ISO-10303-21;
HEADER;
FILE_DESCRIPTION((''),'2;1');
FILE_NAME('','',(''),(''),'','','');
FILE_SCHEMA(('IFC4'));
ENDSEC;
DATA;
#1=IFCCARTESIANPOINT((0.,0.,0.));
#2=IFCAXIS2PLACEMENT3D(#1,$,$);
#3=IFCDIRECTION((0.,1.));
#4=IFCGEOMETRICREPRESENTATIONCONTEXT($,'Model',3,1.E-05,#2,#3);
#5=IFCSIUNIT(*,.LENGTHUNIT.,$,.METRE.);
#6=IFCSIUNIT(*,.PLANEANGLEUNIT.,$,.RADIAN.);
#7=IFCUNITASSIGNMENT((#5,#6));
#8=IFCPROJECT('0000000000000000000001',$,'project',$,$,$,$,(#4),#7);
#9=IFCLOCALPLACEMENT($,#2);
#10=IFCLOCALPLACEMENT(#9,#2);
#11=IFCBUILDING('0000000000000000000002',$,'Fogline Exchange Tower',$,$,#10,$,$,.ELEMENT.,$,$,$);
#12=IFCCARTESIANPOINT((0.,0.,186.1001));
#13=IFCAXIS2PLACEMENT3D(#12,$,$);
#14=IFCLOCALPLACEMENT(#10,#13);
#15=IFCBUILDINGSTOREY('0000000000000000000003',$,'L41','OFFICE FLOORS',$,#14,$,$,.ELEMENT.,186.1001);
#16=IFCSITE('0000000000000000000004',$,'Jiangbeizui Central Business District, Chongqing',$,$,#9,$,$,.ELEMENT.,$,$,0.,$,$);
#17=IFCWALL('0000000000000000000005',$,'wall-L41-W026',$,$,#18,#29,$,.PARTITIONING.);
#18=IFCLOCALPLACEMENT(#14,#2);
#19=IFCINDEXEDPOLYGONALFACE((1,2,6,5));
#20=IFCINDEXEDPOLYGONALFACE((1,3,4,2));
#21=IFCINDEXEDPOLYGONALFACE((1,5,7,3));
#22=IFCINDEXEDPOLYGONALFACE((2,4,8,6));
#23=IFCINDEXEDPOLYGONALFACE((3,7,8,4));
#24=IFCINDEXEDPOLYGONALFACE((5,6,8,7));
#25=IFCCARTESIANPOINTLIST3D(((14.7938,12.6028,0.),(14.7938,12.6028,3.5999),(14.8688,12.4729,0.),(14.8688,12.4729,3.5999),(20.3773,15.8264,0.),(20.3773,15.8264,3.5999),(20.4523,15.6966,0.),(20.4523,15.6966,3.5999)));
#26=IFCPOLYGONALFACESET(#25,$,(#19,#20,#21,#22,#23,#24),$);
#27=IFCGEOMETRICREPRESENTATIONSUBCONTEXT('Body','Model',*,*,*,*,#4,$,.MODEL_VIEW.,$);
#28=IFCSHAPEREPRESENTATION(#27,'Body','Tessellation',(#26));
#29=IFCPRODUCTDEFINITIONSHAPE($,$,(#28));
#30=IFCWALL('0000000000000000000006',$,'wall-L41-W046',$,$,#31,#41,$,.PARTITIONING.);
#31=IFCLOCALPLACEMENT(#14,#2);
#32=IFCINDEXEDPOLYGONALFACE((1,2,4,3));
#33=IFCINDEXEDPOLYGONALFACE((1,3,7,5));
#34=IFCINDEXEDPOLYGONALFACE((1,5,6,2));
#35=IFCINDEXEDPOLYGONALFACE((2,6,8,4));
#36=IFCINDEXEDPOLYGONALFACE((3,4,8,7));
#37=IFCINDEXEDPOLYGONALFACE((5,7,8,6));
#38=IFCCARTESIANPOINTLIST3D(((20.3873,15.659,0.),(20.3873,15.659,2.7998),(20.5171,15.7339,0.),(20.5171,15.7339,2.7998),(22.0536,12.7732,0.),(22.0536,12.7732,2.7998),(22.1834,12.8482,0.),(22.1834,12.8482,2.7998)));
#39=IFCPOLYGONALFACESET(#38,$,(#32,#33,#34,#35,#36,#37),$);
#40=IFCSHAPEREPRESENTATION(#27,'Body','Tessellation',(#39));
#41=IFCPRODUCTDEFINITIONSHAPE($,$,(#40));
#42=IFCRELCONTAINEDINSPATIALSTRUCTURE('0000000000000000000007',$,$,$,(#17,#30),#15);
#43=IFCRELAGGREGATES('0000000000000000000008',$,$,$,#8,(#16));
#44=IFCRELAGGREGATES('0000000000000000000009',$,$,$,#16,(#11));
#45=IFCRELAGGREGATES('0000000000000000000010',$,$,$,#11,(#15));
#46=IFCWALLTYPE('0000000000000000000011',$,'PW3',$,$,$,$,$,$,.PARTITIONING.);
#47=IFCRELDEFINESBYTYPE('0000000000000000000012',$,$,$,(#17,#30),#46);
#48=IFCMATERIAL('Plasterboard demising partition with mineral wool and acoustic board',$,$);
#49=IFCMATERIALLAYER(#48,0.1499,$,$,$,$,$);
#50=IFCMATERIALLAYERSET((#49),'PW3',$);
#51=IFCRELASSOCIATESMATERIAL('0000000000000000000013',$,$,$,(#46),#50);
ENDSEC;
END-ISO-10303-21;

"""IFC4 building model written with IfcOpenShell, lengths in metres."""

from ifc_helpers import new_model, si_unit, direction, frame, frame_2d, origin, place, context, subcontext, project, spatial, rectangle, extrude, material, layer, layer_set, type_object, element, save


model = new_model("IFC4")

# Units and contexts
model_context = context("Model", 3, precision=1e-05, world=origin(), true_north=direction((0.0, 1.0)))
body_context = subcontext(model_context, "Body", "Model", "MODEL_VIEW")
ifc_project = project(units=[si_unit("LENGTHUNIT", "METRE"), si_unit("PLANEANGLEUNIT", "RADIAN")], contexts=[model_context])

# Site, building, storey
site_placement = place(None, origin())
site = spatial("IfcSite", under=ifc_project, at=site_placement, Name="Jiangbeizui Central Business District, Chongqing", CompositionType="ELEMENT", RefElevation=0.0)
building_placement = place(site_placement, origin())
building = spatial("IfcBuilding", under=site, at=building_placement, Name="Fogline Exchange Tower", CompositionType="ELEMENT")
storey_placement = place(building_placement, frame((0.0, 0.0, 186.1001)))
storey = spatial("IfcBuildingStorey", under=building, at=storey_placement, Name="L41", Description="OFFICE FLOORS", CompositionType="ELEMENT", Elevation=186.1001)

# Walls
ifc_material_1 = material(Name="Plasterboard demising partition with mineral wool and acoustic board")
ifc_layer_1 = layer(ifc_material_1, 0.1499)
ifc_layer_set_1 = layer_set([ifc_layer_1], Name="PW3")
wall_type_1 = type_object("IfcWallType", Name="PW3", PredefinedType="PARTITIONING", material=ifc_layer_set_1)
wall_1_placement = place(storey_placement, frame((20.4148, 15.7615, 0.0), z_axis=(0.0, 0.0, 1.0), x_axis=(-0.866025, -0.5, 0.0)))
element("IfcWall", 1, at=wall_1_placement, inside=storey, type_object=wall_type_1, Name="wall-L41-W026", PredefinedType="PARTITIONING", context=body_context, shape_type="SweptSolid", body=[
    extrude(rectangle(XDim=6.4473, YDim=0.1499, at=frame_2d((3.2236, 0.0))), origin(), (0.0, 0.0, 1.0), 3.5999),
])
wall_2_placement = place(storey_placement, frame((22.1184, 12.8108, 0.0), z_axis=(0.0, 0.0, 1.0), x_axis=(-0.50004, 0.866003, 0.0)))
element("IfcWall", 2, at=wall_2_placement, inside=storey, type_object=wall_type_1, Name="wall-L41-W046", PredefinedType="PARTITIONING", context=body_context, shape_type="SweptSolid", body=[
    extrude(rectangle(XDim=3.3323, YDim=0.1499, at=frame_2d((1.666, 0.0))), origin(), (0.0, 0.0, 1.0), 2.7998),
])

save(model, "model.ifc")
